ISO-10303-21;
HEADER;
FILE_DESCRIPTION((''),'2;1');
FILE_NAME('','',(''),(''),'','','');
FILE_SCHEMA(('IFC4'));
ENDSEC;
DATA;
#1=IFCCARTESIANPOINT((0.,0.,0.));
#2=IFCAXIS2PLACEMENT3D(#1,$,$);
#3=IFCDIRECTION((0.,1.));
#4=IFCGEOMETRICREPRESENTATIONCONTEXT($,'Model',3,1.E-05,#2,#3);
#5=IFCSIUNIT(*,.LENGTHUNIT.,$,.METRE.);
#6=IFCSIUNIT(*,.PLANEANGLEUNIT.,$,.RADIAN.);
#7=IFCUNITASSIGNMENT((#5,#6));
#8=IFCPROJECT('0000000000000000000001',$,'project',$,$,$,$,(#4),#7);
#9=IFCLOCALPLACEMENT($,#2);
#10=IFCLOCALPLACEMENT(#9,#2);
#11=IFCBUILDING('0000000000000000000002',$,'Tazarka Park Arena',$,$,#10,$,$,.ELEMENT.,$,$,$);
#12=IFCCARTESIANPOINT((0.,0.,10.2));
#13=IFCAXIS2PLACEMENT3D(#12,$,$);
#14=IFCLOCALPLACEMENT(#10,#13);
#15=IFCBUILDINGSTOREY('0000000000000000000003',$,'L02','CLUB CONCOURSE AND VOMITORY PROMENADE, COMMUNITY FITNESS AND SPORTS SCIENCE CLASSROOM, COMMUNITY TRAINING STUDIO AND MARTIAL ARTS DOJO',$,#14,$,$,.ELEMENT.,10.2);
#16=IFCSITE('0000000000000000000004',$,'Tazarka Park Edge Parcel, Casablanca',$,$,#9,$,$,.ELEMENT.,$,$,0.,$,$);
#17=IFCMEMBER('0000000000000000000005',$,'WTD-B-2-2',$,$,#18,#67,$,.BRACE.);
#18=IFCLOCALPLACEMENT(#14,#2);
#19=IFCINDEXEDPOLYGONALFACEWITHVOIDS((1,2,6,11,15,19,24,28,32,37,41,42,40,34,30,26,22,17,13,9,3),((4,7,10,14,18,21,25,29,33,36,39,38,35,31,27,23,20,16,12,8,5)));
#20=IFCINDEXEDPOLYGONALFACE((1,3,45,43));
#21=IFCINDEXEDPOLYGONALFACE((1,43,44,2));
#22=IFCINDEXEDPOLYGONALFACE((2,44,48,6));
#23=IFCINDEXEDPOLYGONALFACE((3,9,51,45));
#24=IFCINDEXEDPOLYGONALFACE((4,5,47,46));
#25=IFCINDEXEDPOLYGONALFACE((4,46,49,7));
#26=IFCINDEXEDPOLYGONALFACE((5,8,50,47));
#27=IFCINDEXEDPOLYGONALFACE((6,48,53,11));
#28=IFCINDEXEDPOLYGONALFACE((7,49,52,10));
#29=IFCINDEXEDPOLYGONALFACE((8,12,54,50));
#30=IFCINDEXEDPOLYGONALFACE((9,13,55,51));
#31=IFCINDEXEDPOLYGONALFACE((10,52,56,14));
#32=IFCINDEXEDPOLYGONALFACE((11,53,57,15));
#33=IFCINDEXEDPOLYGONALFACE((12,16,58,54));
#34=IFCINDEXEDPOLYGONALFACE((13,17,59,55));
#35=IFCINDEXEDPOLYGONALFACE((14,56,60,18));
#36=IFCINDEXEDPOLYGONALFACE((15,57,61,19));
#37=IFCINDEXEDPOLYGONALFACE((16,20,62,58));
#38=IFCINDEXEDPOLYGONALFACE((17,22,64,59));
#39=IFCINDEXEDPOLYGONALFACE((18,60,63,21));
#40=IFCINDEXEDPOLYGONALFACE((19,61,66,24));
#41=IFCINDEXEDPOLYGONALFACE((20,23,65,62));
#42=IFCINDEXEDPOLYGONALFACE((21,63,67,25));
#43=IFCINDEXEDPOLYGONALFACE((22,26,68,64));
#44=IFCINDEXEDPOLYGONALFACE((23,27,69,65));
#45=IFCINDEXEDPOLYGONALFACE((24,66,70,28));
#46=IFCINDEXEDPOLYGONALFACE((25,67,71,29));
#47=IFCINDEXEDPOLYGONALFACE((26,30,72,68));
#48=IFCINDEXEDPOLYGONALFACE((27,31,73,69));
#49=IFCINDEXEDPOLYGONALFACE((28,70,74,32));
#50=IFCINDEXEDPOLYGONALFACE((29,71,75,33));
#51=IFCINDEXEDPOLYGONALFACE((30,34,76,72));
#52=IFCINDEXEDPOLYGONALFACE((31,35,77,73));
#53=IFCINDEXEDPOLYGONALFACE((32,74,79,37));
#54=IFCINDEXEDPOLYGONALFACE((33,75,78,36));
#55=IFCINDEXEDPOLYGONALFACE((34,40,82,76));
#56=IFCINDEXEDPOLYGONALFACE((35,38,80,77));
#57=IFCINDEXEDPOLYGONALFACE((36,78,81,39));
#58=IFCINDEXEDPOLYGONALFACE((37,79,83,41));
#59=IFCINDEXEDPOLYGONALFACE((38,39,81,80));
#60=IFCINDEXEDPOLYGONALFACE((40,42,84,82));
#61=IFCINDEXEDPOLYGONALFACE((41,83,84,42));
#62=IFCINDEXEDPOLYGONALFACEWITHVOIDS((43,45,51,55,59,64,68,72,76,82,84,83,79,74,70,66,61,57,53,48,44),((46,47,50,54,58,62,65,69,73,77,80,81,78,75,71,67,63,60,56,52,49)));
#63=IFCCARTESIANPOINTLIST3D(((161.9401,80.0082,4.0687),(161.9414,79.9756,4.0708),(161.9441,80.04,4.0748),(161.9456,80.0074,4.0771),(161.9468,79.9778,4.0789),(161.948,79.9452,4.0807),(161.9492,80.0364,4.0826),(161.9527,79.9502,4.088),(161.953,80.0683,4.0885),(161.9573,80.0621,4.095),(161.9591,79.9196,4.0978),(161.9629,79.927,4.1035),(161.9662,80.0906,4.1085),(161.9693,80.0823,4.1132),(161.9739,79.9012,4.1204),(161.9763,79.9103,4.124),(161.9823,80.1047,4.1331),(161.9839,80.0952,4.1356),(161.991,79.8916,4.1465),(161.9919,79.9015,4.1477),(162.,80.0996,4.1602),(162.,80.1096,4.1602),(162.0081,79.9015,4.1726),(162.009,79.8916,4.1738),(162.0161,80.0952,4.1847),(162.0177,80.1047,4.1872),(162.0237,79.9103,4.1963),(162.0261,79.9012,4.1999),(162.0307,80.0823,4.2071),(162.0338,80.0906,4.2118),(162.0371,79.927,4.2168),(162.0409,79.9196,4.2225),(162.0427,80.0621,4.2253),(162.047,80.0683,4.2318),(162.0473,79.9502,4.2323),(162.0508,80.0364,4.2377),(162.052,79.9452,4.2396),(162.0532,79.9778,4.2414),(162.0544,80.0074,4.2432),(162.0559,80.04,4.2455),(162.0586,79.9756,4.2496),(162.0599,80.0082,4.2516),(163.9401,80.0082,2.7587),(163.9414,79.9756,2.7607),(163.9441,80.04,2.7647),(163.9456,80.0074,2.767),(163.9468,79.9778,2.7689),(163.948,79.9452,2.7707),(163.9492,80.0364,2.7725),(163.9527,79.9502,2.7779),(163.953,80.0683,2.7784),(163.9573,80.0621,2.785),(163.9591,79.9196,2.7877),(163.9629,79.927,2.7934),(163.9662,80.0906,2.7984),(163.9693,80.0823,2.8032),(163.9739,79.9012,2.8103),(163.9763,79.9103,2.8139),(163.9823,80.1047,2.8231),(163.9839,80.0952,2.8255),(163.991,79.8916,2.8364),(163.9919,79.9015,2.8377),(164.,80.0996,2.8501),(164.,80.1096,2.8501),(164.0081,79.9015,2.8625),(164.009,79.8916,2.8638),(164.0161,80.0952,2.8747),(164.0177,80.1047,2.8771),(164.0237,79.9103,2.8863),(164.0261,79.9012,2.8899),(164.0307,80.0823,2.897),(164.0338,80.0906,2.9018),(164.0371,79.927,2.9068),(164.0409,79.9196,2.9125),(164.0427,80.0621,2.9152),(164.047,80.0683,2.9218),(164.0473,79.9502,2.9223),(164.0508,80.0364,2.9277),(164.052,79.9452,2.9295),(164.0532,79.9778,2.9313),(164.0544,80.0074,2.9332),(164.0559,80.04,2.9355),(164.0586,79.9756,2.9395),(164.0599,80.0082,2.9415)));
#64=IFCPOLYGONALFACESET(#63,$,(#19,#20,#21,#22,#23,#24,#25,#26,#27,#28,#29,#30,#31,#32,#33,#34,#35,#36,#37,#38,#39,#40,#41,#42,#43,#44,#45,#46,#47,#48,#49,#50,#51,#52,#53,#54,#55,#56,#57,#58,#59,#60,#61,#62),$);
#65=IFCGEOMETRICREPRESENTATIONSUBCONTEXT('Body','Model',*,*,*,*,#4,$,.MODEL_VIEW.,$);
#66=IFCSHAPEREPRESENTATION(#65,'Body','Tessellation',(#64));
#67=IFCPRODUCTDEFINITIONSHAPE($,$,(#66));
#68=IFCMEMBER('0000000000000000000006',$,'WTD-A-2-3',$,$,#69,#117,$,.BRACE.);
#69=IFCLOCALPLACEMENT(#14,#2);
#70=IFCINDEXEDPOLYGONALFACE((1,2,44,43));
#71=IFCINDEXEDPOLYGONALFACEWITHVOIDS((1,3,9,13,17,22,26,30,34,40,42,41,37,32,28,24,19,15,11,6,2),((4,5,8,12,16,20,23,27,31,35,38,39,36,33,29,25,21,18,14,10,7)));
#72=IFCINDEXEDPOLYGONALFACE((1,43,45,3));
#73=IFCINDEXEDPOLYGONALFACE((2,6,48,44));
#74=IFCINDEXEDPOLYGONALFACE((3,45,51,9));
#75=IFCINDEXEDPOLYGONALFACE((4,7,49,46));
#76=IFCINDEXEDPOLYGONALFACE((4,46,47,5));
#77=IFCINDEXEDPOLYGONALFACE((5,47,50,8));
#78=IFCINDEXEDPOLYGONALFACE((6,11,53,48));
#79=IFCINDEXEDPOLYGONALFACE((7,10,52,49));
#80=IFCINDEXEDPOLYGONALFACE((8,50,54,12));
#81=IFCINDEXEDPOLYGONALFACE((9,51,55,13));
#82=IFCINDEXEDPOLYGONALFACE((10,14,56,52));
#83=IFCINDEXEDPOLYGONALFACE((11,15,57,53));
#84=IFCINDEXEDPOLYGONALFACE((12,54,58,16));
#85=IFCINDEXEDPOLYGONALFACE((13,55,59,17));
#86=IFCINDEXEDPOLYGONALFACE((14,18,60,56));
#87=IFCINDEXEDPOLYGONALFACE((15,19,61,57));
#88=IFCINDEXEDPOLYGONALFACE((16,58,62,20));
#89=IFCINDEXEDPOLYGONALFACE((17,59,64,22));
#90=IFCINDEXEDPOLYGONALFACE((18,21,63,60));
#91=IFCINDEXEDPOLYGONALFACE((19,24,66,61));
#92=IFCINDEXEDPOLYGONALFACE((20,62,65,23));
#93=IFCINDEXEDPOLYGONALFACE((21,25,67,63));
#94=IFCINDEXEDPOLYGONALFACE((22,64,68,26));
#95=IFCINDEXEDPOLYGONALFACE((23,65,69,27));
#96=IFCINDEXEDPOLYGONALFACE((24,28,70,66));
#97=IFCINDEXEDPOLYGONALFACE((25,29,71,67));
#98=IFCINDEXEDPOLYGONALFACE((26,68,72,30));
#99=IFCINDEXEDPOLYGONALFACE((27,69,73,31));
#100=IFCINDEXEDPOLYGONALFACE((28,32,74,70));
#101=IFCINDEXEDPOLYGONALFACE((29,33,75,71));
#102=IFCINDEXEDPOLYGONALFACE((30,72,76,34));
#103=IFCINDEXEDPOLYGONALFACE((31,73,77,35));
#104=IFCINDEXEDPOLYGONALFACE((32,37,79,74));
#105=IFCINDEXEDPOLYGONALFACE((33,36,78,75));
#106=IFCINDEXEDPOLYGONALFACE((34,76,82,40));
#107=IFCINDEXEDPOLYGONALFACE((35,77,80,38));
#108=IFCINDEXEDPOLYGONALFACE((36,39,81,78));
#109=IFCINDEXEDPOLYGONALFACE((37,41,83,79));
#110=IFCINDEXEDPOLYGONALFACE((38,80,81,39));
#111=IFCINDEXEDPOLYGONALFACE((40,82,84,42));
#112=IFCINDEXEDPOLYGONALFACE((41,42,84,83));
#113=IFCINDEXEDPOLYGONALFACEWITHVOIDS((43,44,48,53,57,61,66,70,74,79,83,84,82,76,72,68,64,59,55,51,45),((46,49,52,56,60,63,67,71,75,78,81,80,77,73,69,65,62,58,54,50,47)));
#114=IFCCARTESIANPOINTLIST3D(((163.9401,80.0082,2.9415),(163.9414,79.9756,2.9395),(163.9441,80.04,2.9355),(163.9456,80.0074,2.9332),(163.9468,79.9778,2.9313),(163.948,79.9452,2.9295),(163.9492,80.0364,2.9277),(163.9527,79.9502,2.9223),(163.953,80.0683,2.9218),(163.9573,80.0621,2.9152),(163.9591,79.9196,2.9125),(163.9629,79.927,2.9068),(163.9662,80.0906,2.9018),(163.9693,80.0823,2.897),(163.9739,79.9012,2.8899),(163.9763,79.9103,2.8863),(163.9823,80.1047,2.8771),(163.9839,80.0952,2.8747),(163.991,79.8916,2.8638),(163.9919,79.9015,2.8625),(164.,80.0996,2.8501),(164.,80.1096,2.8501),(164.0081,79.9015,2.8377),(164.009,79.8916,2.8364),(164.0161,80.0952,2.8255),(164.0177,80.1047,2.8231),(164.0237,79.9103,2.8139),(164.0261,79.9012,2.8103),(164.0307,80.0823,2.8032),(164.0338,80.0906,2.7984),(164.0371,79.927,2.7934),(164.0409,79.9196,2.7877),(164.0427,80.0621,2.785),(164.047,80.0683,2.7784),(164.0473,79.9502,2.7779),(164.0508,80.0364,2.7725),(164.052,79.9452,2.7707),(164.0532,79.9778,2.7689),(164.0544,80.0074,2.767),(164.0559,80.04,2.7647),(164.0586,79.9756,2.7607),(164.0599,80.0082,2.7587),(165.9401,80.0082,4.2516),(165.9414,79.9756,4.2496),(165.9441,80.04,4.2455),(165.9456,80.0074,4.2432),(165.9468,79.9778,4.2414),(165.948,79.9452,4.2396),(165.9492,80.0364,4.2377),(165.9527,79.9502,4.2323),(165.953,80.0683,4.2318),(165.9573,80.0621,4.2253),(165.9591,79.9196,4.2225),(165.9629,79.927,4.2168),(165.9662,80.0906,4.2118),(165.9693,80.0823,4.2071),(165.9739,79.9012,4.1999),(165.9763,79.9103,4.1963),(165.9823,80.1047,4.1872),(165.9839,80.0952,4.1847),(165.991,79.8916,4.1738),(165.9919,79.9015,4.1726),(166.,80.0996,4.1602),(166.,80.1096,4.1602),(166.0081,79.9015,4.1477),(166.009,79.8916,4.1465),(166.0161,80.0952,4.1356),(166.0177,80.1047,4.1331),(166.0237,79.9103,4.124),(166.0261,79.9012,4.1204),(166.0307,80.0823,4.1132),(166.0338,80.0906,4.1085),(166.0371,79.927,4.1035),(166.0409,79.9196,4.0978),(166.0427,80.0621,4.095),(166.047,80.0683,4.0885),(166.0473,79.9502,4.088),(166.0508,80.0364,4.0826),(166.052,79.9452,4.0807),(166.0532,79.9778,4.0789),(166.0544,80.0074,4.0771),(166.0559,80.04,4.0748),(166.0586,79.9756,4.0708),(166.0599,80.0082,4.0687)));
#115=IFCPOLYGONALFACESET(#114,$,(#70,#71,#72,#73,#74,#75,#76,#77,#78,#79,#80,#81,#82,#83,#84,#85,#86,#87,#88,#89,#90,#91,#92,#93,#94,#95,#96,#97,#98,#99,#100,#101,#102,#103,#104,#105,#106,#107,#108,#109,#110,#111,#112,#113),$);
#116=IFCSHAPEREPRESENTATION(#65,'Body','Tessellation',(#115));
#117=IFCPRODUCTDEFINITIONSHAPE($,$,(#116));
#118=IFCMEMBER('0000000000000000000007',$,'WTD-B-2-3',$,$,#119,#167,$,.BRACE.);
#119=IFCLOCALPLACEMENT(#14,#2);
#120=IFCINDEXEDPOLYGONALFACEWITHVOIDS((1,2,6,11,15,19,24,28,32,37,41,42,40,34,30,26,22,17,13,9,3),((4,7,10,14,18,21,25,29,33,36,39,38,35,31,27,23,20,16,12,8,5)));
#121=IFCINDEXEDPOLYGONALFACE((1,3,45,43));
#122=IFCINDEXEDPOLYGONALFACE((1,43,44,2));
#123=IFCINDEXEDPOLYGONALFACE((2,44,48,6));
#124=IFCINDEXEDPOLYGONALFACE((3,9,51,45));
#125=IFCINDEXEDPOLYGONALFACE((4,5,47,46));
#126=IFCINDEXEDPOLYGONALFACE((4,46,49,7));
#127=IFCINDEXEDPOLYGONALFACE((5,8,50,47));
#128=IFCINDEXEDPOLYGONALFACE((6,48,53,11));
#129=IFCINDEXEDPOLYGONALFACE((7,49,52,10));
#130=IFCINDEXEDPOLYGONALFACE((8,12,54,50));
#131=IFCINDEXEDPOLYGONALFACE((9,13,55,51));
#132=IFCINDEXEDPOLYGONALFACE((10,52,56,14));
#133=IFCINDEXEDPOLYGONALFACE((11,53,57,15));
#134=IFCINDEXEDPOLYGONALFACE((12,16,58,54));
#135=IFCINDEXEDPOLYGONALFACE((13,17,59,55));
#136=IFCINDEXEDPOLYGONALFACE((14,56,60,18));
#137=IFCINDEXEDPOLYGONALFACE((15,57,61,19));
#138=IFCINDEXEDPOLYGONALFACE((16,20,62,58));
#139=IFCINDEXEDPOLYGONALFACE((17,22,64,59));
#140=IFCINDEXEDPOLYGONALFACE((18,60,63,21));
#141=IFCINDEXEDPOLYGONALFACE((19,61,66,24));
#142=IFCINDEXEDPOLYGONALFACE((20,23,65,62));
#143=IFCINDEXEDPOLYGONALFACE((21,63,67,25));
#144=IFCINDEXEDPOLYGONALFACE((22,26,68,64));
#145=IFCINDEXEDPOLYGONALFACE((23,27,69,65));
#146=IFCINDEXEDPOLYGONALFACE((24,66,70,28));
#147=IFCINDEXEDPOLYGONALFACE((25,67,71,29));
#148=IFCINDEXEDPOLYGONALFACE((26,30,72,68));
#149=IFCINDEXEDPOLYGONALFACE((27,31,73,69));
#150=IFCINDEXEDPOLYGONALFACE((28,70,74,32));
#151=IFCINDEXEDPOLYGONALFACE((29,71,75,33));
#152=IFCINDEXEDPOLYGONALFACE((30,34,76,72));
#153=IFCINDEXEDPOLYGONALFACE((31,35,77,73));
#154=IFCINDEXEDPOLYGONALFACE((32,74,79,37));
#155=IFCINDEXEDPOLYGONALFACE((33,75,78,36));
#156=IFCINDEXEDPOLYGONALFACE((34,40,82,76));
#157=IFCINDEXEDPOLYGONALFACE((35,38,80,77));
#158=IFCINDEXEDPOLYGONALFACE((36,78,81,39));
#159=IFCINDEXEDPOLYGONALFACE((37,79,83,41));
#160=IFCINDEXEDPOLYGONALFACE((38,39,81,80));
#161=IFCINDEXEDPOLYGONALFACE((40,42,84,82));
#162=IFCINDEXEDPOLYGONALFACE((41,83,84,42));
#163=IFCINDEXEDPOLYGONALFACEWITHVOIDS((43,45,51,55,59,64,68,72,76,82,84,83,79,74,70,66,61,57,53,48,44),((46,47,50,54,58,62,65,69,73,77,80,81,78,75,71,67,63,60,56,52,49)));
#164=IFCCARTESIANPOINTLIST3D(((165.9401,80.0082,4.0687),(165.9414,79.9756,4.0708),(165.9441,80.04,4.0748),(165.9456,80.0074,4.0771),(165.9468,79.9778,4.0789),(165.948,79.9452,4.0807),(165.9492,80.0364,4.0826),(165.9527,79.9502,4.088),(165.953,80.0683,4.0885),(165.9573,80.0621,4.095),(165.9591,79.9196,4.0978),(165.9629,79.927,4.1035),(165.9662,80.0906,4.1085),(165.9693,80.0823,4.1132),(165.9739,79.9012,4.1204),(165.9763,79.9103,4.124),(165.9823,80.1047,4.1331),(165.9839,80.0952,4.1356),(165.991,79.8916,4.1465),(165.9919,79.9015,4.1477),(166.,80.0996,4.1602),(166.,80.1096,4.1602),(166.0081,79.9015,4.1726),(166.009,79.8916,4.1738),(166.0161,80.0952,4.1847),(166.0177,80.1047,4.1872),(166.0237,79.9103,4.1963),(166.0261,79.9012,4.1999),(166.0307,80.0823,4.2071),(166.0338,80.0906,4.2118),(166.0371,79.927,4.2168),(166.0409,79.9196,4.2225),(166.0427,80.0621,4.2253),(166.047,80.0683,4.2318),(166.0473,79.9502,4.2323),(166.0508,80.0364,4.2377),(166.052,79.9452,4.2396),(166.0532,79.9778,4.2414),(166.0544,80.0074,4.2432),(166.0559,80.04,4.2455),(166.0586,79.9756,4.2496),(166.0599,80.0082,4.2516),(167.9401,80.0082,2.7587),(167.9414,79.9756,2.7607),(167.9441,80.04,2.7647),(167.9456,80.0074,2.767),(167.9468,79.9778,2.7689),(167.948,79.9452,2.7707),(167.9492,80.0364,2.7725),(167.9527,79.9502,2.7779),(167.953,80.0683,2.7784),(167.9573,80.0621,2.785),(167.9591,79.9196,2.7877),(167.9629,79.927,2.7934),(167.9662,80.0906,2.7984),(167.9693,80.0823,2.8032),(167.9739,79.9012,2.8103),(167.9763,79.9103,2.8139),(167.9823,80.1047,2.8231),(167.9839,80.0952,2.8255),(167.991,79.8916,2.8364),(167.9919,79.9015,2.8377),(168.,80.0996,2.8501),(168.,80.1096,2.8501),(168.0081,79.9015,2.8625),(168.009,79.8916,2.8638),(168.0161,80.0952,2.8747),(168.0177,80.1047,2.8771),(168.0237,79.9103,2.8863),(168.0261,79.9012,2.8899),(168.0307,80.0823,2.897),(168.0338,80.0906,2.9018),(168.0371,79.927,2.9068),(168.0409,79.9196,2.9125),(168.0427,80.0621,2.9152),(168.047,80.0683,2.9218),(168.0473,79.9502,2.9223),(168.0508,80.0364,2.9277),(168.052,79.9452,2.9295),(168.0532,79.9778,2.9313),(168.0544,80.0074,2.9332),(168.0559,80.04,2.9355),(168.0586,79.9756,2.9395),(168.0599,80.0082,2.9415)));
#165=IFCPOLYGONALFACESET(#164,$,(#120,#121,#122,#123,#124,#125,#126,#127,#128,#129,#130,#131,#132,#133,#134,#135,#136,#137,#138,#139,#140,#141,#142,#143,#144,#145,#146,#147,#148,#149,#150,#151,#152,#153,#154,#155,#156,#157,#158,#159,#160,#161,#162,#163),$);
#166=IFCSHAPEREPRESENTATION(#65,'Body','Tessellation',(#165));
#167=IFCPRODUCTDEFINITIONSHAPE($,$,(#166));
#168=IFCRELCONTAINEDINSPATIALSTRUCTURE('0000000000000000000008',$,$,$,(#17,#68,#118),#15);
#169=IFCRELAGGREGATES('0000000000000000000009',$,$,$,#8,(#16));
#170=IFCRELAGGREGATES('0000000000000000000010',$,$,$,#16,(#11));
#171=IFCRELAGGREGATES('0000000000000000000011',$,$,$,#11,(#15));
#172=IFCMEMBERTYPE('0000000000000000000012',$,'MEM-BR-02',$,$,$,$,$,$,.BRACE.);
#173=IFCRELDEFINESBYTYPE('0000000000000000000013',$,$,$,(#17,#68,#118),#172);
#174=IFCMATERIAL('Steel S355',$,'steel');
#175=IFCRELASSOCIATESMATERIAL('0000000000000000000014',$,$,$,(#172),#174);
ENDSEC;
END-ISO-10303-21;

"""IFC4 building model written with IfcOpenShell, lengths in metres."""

from ifc_helpers import new_model, si_unit, direction, frame, origin, origin_2d, place, context, subcontext, project, spatial, hollow_circle, extrude, material, material_profile, profile_set, type_object, element, save


model = new_model("IFC4")

# Units and contexts
model_context = context("Model", 3, precision=1e-05, world=origin(), true_north=direction((0.0, 1.0)))
body_context = subcontext(model_context, "Body", "Model", "MODEL_VIEW")
ifc_project = project(units=[si_unit("LENGTHUNIT", "METRE"), si_unit("PLANEANGLEUNIT", "RADIAN")], contexts=[model_context])

# Site, building, storey
site_placement = place(None, origin())
site = spatial("IfcSite", under=ifc_project, at=site_placement, Name="Tazarka Park Edge Parcel, Casablanca", CompositionType="ELEMENT", RefElevation=0.0)
building_placement = place(site_placement, origin())
building = spatial("IfcBuilding", under=site, at=building_placement, Name="Tazarka Park Arena", CompositionType="ELEMENT")
storey_placement = place(building_placement, frame((0.0, 0.0, 10.2)))
storey = spatial("IfcBuildingStorey", under=building, at=storey_placement, Name="L02", Description="CLUB CONCOURSE AND VOMITORY PROMENADE, COMMUNITY FITNESS AND SPORTS SCIENCE CLASSROOM, COMMUNITY TRAINING STUDIO AND MARTIAL ARTS DOJO", CompositionType="ELEMENT", Elevation=10.2)

# Members
ifc_material_1 = material(Name="Steel S355", Category="steel")
ifc_material_profile_1 = material_profile(ifc_material_1, hollow_circle(Radius=0.1096, WallThickness=0.01, at=origin_2d()), Name="Steel S355")
ifc_profile_set_1 = profile_set([ifc_material_profile_1], Name="Steel S355")
member_type_1 = type_object("IfcMemberType", Name="MEM-BR-02", PredefinedType="BRACE", material=ifc_profile_set_1)
for number, where, z_axis, x_axis, name in (
    (1, (162.0, 80.0, 4.1602), (0.836516, 0.0, -0.547942), (0.0, 1.0, 0.0), "WTD-B-2-2"),
    (2, (164.0, 80.0, 2.8501), (0.836516, 0.0, 0.547942), (0.0, 1.0, 0.0), "WTD-A-2-3"),
    (3, (166.0, 80.0, 4.1602), (0.836516, 0.0, -0.547942), (0.0, 1.0, 0.0), "WTD-B-2-3"),
):
    element("IfcMember", number, at=place(storey_placement, frame(where, z_axis=z_axis, x_axis=x_axis)), inside=storey, type_object=member_type_1, Name=name, PredefinedType="BRACE", context=body_context, shape_type="SweptSolid", body=[
        extrude(hollow_circle(Radius=0.1096, WallThickness=0.01, at=origin_2d()), origin(), (0.0, 0.0, 1.0), 2.3909),
    ])

save(model, "model.ifc")
